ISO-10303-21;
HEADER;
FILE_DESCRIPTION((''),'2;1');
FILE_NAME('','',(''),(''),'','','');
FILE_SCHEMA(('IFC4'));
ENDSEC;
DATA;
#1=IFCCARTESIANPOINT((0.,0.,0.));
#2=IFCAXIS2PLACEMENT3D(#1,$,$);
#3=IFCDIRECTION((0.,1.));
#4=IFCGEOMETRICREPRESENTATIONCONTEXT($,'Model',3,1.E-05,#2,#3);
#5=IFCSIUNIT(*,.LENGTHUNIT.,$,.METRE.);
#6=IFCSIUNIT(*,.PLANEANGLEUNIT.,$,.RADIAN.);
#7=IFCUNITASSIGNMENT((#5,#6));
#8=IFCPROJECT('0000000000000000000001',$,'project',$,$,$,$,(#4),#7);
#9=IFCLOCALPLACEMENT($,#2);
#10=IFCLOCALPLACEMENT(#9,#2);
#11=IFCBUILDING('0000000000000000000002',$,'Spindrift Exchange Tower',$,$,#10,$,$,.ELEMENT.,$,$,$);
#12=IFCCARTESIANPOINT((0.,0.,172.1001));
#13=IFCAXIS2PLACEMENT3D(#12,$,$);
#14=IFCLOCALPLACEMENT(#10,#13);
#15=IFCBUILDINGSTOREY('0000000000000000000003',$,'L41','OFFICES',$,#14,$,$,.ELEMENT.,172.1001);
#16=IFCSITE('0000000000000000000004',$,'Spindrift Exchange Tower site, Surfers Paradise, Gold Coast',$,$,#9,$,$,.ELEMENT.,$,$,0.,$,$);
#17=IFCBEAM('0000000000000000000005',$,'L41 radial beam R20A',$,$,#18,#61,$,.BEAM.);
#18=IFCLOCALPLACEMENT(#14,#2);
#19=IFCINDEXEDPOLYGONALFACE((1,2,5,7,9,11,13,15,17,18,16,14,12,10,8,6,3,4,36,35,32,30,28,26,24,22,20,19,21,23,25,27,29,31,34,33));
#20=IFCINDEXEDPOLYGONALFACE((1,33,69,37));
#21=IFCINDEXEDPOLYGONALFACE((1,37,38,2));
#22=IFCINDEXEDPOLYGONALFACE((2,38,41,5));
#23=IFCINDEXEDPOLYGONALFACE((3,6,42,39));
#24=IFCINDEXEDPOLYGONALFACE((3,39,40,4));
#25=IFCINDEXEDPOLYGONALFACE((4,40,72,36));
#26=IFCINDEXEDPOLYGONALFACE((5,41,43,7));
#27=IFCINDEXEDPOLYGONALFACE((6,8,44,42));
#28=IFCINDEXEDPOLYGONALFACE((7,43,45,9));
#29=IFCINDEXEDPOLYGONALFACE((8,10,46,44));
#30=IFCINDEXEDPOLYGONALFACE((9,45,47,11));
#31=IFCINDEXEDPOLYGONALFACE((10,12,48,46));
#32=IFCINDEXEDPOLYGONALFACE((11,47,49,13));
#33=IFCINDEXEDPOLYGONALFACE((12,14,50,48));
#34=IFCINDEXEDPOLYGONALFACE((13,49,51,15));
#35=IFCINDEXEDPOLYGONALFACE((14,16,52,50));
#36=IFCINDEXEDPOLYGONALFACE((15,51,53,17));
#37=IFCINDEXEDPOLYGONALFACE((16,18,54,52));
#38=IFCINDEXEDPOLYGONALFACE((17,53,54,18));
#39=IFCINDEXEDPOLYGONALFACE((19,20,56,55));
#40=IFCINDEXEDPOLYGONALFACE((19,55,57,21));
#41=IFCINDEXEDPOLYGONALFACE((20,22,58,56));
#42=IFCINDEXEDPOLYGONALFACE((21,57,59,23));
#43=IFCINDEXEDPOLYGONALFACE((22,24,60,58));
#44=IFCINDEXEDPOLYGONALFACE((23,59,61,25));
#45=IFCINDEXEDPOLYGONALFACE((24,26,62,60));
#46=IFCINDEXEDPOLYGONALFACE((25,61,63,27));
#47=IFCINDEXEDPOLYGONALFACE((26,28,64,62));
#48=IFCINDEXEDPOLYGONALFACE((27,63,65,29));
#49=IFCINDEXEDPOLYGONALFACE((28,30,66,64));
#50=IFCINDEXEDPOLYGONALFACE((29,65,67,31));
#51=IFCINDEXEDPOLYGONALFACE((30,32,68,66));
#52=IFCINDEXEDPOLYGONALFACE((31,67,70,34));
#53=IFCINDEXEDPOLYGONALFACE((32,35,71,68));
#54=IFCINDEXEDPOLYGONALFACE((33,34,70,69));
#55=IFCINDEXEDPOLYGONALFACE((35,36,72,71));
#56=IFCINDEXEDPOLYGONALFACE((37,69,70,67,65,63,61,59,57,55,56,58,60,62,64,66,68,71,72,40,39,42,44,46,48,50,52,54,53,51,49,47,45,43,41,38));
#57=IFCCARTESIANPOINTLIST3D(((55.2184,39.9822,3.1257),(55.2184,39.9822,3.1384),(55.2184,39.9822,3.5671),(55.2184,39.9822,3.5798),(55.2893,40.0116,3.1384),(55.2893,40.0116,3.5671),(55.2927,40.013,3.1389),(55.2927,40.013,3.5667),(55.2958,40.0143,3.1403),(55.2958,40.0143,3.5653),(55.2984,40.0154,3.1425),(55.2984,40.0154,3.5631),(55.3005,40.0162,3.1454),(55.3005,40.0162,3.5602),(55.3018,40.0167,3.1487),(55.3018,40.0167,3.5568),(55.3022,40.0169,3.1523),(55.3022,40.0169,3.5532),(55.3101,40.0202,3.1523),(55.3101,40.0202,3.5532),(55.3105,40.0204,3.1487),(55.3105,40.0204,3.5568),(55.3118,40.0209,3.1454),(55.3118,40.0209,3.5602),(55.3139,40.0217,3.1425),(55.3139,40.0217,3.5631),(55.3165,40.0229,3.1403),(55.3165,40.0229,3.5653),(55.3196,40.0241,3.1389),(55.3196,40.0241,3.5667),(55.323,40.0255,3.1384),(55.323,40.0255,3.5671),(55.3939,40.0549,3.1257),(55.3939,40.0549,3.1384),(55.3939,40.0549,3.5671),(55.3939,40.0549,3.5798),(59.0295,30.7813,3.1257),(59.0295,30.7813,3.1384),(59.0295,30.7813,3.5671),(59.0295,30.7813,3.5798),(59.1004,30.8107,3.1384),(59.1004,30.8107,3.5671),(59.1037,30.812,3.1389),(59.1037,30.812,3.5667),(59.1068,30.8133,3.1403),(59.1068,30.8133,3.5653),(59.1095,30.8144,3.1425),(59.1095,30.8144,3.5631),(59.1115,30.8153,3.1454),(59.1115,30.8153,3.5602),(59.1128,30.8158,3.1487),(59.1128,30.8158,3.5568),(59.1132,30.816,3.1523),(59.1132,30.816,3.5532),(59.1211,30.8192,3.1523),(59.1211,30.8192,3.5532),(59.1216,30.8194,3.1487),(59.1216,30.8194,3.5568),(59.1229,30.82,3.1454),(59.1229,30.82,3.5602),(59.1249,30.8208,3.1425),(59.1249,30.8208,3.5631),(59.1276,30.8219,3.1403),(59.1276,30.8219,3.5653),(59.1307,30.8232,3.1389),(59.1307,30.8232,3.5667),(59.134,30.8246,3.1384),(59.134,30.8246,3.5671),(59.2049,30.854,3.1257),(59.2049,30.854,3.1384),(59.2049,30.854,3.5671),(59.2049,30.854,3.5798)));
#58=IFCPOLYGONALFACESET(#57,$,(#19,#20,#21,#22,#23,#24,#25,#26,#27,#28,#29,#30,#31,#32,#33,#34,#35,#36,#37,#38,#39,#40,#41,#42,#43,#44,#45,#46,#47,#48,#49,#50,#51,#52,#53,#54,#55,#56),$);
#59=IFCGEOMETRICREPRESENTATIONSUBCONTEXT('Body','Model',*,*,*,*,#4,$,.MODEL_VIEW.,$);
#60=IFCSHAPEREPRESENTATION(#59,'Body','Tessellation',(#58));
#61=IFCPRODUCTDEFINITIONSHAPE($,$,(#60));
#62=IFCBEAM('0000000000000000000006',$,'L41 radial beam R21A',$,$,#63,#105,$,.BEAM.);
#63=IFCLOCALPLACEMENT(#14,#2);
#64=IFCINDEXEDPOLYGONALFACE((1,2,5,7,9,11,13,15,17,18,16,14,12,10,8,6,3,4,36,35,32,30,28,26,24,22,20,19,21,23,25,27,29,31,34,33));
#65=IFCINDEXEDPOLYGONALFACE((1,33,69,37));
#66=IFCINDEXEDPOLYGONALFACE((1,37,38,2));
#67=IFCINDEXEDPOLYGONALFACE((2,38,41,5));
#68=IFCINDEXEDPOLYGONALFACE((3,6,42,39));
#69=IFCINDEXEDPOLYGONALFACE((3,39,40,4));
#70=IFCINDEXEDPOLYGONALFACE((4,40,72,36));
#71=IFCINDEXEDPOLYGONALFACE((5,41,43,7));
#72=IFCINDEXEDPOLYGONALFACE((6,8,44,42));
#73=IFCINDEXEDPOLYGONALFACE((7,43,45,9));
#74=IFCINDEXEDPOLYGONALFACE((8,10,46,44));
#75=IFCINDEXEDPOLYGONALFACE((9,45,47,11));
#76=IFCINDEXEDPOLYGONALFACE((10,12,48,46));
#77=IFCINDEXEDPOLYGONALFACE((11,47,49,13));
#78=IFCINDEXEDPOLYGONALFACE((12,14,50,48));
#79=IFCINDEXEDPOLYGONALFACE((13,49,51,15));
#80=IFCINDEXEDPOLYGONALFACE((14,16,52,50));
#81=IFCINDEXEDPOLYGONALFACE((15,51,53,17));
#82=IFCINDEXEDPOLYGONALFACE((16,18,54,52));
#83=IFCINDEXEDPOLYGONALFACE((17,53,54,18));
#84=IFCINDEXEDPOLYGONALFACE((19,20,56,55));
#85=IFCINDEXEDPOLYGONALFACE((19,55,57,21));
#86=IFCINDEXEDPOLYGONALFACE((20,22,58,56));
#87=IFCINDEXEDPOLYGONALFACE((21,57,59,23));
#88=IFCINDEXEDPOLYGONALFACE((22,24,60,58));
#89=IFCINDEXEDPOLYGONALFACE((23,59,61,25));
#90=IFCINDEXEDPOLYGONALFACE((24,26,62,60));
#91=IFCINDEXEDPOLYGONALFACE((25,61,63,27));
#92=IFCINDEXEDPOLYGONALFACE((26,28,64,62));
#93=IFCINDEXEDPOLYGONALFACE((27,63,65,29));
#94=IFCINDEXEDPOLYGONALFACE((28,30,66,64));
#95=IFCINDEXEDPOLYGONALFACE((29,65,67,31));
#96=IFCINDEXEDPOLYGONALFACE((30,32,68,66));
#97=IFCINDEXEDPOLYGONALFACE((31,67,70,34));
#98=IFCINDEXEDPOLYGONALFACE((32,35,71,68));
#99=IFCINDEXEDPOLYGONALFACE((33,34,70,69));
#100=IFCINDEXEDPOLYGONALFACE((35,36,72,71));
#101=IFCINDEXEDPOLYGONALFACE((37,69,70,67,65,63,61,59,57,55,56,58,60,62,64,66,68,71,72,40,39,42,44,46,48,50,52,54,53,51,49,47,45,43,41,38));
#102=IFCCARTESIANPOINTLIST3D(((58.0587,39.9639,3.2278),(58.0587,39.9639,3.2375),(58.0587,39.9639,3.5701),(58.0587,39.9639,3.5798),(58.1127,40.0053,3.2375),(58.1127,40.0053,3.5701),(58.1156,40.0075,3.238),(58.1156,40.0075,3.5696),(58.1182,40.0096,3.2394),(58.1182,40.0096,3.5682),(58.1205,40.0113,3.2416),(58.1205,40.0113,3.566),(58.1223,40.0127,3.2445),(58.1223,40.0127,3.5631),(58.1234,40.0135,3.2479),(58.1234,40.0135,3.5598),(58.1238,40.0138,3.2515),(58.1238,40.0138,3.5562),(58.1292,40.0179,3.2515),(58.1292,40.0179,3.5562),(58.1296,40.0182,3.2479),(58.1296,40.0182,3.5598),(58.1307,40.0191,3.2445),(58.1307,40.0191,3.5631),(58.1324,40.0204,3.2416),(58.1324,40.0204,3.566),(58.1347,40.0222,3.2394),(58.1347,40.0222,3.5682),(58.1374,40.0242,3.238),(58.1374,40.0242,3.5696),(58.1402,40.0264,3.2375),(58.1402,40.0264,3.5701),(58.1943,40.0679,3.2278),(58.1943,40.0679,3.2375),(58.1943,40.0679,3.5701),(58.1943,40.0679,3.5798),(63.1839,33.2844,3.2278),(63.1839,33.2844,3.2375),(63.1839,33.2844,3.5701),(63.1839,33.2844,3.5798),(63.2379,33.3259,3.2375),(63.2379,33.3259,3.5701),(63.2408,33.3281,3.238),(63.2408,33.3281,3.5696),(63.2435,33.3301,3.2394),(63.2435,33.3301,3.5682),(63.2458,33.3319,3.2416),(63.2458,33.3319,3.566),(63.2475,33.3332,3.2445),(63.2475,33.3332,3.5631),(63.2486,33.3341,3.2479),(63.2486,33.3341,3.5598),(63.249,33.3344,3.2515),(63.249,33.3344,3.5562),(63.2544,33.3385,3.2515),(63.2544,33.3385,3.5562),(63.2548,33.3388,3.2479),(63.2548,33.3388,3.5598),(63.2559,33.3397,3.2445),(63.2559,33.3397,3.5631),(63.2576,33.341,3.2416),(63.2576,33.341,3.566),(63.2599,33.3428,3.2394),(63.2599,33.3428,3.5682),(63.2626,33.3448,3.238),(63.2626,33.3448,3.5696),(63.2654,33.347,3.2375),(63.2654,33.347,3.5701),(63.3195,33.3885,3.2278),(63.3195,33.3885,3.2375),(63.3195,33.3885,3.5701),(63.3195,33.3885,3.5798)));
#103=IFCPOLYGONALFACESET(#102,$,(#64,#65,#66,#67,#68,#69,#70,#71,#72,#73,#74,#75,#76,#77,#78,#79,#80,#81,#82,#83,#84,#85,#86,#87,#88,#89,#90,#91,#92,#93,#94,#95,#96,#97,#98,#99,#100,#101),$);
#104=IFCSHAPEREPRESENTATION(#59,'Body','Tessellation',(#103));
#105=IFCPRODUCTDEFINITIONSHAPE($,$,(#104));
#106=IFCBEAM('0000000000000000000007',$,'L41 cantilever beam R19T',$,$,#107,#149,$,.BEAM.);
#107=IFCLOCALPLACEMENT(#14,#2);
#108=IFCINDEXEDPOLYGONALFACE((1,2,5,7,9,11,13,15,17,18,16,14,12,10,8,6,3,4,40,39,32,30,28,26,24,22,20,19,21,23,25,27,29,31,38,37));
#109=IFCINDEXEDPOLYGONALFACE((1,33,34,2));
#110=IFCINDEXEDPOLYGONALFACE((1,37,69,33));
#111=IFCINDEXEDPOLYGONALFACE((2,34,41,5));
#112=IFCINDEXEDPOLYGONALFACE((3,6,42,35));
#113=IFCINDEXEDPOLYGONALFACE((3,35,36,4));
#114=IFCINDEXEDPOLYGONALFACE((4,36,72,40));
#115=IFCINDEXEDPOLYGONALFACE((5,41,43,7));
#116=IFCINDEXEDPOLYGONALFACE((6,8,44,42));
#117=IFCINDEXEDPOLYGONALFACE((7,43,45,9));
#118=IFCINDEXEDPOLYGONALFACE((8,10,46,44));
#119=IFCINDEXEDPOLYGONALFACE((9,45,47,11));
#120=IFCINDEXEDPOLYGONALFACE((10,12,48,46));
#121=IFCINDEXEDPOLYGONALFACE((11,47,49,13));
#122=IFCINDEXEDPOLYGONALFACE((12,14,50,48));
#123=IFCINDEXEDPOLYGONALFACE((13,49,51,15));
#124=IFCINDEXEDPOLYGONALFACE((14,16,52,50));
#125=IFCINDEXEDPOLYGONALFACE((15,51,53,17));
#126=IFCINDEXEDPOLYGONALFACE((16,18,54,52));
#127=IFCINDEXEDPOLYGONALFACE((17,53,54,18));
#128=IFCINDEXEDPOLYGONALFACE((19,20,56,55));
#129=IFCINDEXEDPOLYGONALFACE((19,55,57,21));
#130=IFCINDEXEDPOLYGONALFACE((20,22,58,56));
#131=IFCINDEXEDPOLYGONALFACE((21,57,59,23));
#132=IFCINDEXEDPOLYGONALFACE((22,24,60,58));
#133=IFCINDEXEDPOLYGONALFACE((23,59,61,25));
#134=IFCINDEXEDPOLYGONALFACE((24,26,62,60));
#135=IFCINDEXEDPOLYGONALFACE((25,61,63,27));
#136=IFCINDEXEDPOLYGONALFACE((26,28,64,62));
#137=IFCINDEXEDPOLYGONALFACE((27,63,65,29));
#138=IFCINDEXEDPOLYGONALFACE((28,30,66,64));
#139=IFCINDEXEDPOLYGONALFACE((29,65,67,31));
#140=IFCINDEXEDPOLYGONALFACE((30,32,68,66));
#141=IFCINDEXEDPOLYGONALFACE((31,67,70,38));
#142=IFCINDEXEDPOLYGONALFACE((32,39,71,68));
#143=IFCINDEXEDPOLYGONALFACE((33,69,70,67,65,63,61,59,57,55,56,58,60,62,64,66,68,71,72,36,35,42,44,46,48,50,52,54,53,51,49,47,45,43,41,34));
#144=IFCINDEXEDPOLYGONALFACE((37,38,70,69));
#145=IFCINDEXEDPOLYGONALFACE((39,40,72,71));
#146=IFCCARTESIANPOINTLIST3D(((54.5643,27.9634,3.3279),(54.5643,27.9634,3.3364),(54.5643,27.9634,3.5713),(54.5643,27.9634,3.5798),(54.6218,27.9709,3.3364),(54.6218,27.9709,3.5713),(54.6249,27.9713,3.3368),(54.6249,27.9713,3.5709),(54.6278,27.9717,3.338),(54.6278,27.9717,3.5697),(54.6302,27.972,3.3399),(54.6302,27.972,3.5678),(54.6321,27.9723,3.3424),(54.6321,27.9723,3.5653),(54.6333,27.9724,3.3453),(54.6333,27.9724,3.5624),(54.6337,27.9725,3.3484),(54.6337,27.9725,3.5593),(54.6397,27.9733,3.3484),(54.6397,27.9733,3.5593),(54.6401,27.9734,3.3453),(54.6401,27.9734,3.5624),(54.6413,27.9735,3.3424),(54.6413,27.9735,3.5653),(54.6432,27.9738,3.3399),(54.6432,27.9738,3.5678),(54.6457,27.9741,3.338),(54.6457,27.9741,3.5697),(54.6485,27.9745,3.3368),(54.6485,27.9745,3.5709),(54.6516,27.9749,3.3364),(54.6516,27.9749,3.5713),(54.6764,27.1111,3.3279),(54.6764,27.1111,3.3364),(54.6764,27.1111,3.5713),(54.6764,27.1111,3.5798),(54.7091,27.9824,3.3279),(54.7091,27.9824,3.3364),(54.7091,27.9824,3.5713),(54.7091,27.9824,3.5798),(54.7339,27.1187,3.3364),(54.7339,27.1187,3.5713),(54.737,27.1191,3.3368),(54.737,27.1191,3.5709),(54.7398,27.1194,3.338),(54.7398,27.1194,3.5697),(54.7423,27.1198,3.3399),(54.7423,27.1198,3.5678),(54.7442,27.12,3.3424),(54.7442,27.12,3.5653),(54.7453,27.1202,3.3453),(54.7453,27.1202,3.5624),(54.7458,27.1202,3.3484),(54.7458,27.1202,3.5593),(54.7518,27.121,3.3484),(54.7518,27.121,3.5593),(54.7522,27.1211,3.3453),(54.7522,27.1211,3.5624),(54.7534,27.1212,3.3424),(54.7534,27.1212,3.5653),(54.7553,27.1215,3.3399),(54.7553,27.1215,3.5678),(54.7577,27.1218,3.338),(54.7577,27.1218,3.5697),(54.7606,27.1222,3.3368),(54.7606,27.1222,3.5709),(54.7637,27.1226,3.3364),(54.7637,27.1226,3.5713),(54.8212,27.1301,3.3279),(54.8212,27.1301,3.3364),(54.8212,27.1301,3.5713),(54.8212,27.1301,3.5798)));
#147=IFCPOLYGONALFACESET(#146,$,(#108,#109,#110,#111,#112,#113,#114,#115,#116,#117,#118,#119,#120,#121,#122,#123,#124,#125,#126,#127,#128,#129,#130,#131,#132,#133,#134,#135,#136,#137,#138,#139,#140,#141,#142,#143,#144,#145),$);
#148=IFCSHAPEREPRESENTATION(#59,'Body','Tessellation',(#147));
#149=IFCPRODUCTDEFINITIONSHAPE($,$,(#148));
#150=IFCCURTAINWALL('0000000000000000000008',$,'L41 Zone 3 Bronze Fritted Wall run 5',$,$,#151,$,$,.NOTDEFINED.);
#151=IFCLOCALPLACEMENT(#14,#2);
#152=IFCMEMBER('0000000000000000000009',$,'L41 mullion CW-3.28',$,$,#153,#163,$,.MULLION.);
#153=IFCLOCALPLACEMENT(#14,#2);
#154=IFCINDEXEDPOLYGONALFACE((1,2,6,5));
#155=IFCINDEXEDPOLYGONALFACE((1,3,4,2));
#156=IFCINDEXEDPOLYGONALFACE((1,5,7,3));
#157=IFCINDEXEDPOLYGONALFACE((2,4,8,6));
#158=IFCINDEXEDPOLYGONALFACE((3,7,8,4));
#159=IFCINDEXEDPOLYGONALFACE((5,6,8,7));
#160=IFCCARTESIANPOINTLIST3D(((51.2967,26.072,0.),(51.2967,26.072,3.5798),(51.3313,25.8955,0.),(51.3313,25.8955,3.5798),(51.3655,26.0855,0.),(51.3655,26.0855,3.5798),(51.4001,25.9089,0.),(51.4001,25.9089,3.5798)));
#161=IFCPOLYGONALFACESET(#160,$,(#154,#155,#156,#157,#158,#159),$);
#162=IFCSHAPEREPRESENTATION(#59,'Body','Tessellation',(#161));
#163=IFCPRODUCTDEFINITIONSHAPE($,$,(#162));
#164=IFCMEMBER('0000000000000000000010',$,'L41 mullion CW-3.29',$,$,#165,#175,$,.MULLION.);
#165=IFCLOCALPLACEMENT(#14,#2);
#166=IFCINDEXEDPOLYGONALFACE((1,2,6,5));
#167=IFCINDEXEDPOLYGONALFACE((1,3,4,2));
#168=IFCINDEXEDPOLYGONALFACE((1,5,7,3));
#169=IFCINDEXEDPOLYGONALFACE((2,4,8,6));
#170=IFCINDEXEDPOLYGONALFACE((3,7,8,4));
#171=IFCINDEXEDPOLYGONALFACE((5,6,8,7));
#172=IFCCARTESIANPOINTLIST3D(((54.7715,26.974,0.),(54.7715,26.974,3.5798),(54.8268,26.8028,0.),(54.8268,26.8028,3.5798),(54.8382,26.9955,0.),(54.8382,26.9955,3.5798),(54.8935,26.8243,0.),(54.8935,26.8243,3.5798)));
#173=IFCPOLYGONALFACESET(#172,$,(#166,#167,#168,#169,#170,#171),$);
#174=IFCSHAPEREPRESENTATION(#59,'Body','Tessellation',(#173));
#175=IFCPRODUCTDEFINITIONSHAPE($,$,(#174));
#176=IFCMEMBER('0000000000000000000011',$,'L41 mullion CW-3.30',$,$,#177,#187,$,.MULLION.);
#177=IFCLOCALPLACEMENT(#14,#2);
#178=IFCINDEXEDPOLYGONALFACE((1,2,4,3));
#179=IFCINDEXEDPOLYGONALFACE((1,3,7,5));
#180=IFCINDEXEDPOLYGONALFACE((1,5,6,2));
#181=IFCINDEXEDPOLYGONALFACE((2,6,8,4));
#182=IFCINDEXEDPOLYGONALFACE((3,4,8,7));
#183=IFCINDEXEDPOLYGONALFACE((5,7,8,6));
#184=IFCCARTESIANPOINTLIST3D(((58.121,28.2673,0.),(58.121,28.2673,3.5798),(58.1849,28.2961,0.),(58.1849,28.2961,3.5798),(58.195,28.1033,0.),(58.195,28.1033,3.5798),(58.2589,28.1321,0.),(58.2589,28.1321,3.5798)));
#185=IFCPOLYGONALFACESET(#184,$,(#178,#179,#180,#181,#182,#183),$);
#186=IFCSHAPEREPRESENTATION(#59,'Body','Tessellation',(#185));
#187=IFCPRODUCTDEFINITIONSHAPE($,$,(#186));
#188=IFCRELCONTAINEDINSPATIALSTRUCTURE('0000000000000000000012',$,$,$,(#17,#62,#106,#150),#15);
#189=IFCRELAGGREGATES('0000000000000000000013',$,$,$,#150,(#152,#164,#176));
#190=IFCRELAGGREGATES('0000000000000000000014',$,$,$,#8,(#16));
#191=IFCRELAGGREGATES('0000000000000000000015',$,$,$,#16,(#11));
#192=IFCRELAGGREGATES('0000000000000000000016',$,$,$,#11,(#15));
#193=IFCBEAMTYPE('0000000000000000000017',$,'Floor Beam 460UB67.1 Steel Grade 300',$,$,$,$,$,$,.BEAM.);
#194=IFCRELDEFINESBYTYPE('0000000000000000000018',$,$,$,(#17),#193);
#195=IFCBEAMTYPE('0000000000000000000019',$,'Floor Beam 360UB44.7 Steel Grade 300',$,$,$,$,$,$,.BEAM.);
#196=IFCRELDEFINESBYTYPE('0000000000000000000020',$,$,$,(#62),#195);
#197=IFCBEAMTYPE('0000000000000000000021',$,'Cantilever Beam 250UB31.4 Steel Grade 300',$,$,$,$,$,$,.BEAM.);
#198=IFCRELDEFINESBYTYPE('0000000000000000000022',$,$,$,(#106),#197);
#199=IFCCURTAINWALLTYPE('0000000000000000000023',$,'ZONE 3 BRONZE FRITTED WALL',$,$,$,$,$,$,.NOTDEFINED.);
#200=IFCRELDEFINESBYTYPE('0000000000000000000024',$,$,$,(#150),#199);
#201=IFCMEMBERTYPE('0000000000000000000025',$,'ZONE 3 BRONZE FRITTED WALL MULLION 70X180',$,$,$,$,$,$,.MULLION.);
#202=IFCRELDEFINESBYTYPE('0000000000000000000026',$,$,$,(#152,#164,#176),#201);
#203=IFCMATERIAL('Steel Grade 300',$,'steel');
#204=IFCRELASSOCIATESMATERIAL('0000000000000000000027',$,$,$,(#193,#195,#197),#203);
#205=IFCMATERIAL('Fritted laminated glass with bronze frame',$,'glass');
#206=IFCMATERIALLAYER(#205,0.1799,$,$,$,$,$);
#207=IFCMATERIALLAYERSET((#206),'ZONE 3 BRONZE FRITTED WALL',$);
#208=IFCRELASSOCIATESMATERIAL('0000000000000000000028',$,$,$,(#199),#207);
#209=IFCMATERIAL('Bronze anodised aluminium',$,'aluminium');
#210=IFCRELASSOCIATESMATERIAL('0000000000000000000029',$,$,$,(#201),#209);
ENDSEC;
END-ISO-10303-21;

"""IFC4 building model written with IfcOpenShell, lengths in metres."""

from ifc_helpers import new_model, si_unit, direction, frame, origin, origin_2d, place, context, subcontext, project, spatial, rectangle, i_section, extrude, source, transform, mapped, material, layer, layer_set, material_profile, profile_set, type_object, element, aggregate, save


model = new_model("IFC4")

# Units and contexts
model_context = context("Model", 3, precision=1e-05, world=origin(), true_north=direction((0.0, 1.0)))
body_context = subcontext(model_context, "Body", "Model", "MODEL_VIEW")
ifc_project = project(units=[si_unit("LENGTHUNIT", "METRE"), si_unit("PLANEANGLEUNIT", "RADIAN")], contexts=[model_context])

# Site, building, storey
site_placement = place(None, origin())
site = spatial("IfcSite", under=ifc_project, at=site_placement, Name="Spindrift Exchange Tower site, Surfers Paradise, Gold Coast", CompositionType="ELEMENT", RefElevation=0.0)
building_placement = place(site_placement, origin())
building = spatial("IfcBuilding", under=site, at=building_placement, Name="Spindrift Exchange Tower", CompositionType="ELEMENT")
storey_placement = place(building_placement, frame((0.0, 0.0, 172.1001)))
storey = spatial("IfcBuildingStorey", under=building, at=storey_placement, Name="L41", Description="OFFICES", CompositionType="ELEMENT", Elevation=172.1001)

# Beams
ifc_material_1 = material(Name="Steel Grade 300", Category="steel")
ifc_material_profile_1 = material_profile(ifc_material_1, i_section(OverallWidth=0.1899, OverallDepth=0.4541, WebThickness=0.0085, FlangeThickness=0.0127, FilletRadius=0.0139, at=origin_2d()), Name="460UB67.1")
ifc_profile_set_1 = profile_set([ifc_material_profile_1], Name="Steel Grade 300")
beam_type_1 = type_object("IfcBeamType", Name="Floor Beam 460UB67.1 Steel Grade 300", PredefinedType="BEAM", material=ifc_profile_set_1)
shared_shape_1 = source(origin(), body_context, "Body", "SweptSolid", [
    extrude(i_section(OverallWidth=0.1899, OverallDepth=0.4541, WebThickness=0.0085, FlangeThickness=0.0127, FilletRadius=0.0139, at=origin_2d()), origin(), (0.0, 0.0, 1.0), 9.959),
])
beam_1_placement = place(storey_placement, frame((55.3062, 40.0186, 3.3528), z_axis=(0.382674, -0.923884, 0.0), x_axis=(0.923884, 0.382674, 0.0)))
element("IfcBeam", 1, at=beam_1_placement, inside=storey, type_object=beam_type_1, Name="L41 radial beam R20A", PredefinedType="BEAM", context=body_context, shape_type="MappedRepresentation", body=[
    mapped(shared_shape_1, transform((0.0, 0.0, 0.0), scale=1.0)),
])
ifc_material_profile_2 = material_profile(ifc_material_1, i_section(OverallWidth=0.1709, OverallDepth=0.3521, WebThickness=0.0068, FlangeThickness=0.0098, FilletRadius=0.0139, at=origin_2d()), Name="360UB44.7")
ifc_profile_set_2 = profile_set([ifc_material_profile_2], Name="Steel Grade 300")
beam_type_2 = type_object("IfcBeamType", Name="Floor Beam 360UB44.7 Steel Grade 300", PredefinedType="BEAM", material=ifc_profile_set_2)
shared_shape_2 = source(origin(), body_context, "Body", "SweptSolid", [
    extrude(i_section(OverallWidth=0.1709, OverallDepth=0.3521, WebThickness=0.0068, FlangeThickness=0.0098, FilletRadius=0.0139, at=origin_2d()), origin(), (0.0, 0.0, 1.0), 8.4192),
])
beam_2_placement = place(storey_placement, frame((58.1265, 40.0159, 3.4038), z_axis=(0.608756, -0.793358, 0.0), x_axis=(0.793358, 0.608756, 0.0)))
element("IfcBeam", 2, at=beam_2_placement, inside=storey, type_object=beam_type_2, Name="L41 radial beam R21A", PredefinedType="BEAM", context=body_context, shape_type="MappedRepresentation", body=[
    mapped(shared_shape_2, transform((0.0, 0.0, 0.0), scale=1.0)),
])
ifc_material_profile_3 = material_profile(ifc_material_1, i_section(OverallWidth=0.146, OverallDepth=0.252, WebThickness=0.0061, FlangeThickness=0.0085, FilletRadius=0.012, at=origin_2d()), Name="250UB31.4")
ifc_profile_set_3 = profile_set([ifc_material_profile_3], Name="Steel Grade 300")
beam_type_3 = type_object("IfcBeamType", Name="Cantilever Beam 250UB31.4 Steel Grade 300", PredefinedType="BEAM", material=ifc_profile_set_3)
shared_shape_3 = source(origin(), body_context, "Body", "SweptSolid", [
    extrude(i_section(OverallWidth=0.146, OverallDepth=0.252, WebThickness=0.0061, FlangeThickness=0.0085, FilletRadius=0.012, at=origin_2d()), origin(), (0.0, 0.0, 1.0), 0.8596),
])
beam_3_placement = place(storey_placement, frame((54.6367, 27.9729, 3.4539), z_axis=(0.130359, -0.991467, 0.0), x_axis=(0.991467, 0.130359, 0.0)))
element("IfcBeam", 3, at=beam_3_placement, inside=storey, type_object=beam_type_3, Name="L41 cantilever beam R19T", PredefinedType="BEAM", context=body_context, shape_type="MappedRepresentation", body=[
    mapped(shared_shape_3, transform((0.0, 0.0, 0.0), scale=1.0)),
])

# Curtain wall, members
ifc_material_2 = material(Name="Fritted laminated glass with bronze frame", Category="glass")
ifc_layer_1 = layer(ifc_material_2, 0.1799)
ifc_layer_set_1 = layer_set([ifc_layer_1], Name="ZONE 3 BRONZE FRITTED WALL")
curtain_wall_type = type_object("IfcCurtainWallType", Name="ZONE 3 BRONZE FRITTED WALL", PredefinedType="NOTDEFINED", material=ifc_layer_set_1)
curtain_wall_1_placement = place(storey_placement, origin())
curtain_wall_1 = element("IfcCurtainWall", 4, at=curtain_wall_1_placement, inside=storey, type_object=curtain_wall_type, Name="L41 Zone 3 Bronze Fritted Wall run 5", PredefinedType="NOTDEFINED")
ifc_material_3 = material(Name="Bronze anodised aluminium", Category="aluminium")
ifc_material_profile_4 = material_profile(ifc_material_3, rectangle(XDim=0.0701, YDim=0.1799, at=origin_2d()), Name="ZONE 3 BRONZE FRITTED WALL MULLION 70X180")
ifc_profile_set_4 = profile_set([ifc_material_profile_4], Name="Bronze anodised aluminium")
member_type_1 = type_object("IfcMemberType", Name="ZONE 3 BRONZE FRITTED WALL MULLION 70X180", PredefinedType="MULLION", material=ifc_profile_set_4)
shared_shape_4 = source(origin(), body_context, "Body", "SweptSolid", [
    extrude(rectangle(XDim=0.0701, YDim=0.1799, at=origin_2d()), origin(), (0.0, 0.0, 1.0), 3.5798),
])
member_1_placement = place(storey_placement, frame((51.3484, 25.9905, 0.0), z_axis=(0.0, 0.0, 1.0), x_axis=(0.981319, 0.192387, 0.0)))
member_1 = element("IfcMember", 5, at=member_1_placement, type_object=member_type_1, Name="L41 mullion CW-3.28", PredefinedType="MULLION", context=body_context, shape_type="MappedRepresentation", body=[
    mapped(shared_shape_4, transform((0.0, 0.0, 0.0), scale=1.0)),
])
member_2_placement = place(storey_placement, frame((54.8325, 26.8992, 0.0), z_axis=(0.0, 0.0, 1.0), x_axis=(0.951621, 0.307274, 0.0)))
member_2 = element("IfcMember", 6, at=member_2_placement, type_object=member_type_1, Name="L41 mullion CW-3.29", PredefinedType="MULLION", context=body_context, shape_type="MappedRepresentation", body=[
    mapped(shared_shape_4, transform((0.0, 0.0, 0.0), scale=1.0)),
])
member_3_placement = place(storey_placement, frame((58.1899, 28.1997, 0.0), z_axis=(0.0, 0.0, 1.0), x_axis=(0.911514, 0.411268, 0.0)))
member_3 = element("IfcMember", 7, at=member_3_placement, type_object=member_type_1, Name="L41 mullion CW-3.30", PredefinedType="MULLION", context=body_context, shape_type="MappedRepresentation", body=[
    mapped(shared_shape_4, transform((0.0, 0.0, 0.0), scale=1.0)),
])

aggregate(curtain_wall_1, [member_1, member_2, member_3])

save(model, "model.ifc")
